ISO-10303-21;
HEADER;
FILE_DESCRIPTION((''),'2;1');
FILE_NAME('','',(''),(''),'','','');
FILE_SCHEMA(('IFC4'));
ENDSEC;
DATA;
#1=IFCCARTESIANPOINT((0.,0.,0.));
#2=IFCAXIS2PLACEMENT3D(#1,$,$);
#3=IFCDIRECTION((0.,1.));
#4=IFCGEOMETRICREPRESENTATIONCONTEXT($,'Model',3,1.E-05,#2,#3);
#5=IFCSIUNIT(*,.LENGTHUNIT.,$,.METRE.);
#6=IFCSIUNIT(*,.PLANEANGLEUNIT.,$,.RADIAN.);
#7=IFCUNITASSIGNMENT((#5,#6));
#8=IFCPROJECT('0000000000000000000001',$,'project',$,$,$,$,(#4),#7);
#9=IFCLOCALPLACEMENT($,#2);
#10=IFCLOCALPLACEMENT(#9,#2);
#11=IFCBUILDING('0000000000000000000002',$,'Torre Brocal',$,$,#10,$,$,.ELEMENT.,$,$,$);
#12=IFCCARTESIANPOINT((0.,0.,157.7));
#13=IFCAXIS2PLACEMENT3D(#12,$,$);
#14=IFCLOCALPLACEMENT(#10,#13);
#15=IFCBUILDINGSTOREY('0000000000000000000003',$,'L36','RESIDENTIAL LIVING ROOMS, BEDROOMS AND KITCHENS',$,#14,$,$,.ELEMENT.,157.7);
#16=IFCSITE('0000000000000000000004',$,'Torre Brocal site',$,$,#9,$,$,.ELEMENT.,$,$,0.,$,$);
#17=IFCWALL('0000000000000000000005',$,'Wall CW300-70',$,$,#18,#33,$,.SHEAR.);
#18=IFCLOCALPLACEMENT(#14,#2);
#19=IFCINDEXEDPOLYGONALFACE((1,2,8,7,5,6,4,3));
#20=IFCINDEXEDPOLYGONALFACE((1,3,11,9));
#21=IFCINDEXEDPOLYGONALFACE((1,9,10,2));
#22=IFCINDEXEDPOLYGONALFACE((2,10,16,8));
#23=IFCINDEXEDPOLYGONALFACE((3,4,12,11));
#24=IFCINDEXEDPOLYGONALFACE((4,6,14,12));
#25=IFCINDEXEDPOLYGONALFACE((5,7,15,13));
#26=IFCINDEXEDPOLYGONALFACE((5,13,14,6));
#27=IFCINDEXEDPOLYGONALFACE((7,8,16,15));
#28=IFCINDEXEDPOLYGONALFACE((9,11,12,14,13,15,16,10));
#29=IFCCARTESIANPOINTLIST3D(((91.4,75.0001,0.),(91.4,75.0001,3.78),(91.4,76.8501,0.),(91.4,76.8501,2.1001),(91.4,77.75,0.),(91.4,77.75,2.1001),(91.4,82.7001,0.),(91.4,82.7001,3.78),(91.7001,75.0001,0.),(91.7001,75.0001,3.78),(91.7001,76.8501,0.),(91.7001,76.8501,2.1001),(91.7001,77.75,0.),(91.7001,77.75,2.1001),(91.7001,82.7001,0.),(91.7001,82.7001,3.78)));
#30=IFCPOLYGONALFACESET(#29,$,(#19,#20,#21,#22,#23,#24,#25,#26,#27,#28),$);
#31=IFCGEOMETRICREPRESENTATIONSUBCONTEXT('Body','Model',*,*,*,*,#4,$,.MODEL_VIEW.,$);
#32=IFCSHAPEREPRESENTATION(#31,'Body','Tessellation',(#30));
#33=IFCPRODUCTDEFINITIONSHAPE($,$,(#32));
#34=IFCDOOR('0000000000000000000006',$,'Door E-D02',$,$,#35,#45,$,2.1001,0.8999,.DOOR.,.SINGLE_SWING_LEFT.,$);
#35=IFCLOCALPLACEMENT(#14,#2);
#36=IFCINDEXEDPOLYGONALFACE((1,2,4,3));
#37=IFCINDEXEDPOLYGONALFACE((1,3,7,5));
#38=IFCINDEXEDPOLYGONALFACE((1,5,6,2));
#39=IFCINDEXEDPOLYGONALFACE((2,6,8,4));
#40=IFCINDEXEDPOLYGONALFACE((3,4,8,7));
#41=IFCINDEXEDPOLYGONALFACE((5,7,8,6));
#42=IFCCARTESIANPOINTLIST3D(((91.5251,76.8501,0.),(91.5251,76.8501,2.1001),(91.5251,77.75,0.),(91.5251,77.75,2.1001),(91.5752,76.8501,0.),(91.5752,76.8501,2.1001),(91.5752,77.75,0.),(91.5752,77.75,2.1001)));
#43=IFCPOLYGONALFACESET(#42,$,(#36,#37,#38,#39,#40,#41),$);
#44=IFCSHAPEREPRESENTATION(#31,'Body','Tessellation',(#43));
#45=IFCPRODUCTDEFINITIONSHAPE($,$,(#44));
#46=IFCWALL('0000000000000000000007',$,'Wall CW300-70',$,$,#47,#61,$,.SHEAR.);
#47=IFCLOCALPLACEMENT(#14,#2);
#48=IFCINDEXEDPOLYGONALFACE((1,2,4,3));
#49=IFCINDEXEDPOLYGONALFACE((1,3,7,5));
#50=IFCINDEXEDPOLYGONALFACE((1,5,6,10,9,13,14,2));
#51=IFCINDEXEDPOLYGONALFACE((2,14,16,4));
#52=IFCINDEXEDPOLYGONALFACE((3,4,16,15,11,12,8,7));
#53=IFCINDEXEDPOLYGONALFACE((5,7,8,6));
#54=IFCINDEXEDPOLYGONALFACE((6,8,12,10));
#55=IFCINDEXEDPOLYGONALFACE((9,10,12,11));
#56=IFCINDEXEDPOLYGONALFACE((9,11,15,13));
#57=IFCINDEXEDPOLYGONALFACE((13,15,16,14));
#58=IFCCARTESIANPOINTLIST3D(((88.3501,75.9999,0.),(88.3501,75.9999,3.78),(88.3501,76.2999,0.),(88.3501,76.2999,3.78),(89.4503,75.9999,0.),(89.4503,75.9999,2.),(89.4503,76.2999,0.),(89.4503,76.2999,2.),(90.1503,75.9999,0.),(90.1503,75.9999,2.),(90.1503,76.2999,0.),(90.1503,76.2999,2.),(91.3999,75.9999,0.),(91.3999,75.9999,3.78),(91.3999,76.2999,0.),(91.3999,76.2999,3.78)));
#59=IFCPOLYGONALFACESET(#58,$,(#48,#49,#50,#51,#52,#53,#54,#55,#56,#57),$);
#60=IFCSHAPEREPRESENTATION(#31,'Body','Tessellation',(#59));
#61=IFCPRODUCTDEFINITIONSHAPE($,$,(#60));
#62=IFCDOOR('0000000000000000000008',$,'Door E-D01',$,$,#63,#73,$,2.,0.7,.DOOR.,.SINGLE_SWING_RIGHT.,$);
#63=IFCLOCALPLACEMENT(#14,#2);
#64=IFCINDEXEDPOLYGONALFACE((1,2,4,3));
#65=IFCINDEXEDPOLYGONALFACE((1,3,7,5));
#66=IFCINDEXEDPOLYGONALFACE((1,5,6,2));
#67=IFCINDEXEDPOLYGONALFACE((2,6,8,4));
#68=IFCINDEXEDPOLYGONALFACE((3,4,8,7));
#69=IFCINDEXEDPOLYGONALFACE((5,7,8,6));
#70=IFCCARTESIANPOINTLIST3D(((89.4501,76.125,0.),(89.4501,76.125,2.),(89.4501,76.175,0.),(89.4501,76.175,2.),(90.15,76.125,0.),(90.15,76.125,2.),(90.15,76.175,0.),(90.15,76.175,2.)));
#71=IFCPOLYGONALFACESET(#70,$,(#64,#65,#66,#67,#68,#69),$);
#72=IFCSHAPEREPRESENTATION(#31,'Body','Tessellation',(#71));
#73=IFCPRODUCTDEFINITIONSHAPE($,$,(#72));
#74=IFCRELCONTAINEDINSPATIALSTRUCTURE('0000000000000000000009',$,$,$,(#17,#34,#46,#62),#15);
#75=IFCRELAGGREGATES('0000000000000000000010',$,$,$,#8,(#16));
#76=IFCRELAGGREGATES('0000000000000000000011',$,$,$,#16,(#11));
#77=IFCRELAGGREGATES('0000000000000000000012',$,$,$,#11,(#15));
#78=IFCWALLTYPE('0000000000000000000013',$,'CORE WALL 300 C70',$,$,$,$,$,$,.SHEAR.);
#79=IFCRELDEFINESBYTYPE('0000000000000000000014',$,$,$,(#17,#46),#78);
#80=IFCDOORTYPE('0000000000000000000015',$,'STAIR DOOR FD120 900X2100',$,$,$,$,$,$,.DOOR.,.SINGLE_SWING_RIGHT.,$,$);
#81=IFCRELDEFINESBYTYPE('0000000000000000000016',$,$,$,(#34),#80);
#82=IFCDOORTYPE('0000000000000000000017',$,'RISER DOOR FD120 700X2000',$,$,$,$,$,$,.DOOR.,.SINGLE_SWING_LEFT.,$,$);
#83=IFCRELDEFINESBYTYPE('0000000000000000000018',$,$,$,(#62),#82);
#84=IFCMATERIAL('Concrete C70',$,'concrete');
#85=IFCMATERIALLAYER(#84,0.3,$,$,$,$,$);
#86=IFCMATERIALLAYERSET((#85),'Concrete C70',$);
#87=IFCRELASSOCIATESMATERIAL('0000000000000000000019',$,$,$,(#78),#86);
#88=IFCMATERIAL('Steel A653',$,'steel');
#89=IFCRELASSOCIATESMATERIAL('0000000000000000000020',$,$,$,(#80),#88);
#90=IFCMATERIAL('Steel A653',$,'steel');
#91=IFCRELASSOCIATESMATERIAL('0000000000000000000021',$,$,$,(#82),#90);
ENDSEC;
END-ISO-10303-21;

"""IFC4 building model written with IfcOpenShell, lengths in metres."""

from ifc_helpers import new_model, si_unit, direction, frame, frame_2d, origin, place, context, subcontext, project, spatial, rectangle, extrude, material, layer, layer_set, type_object, element, fill, save


model = new_model("IFC4")

# Units and contexts
model_context = context("Model", 3, precision=1e-05, world=origin(), true_north=direction((0.0, 1.0)))
body_context = subcontext(model_context, "Body", "Model", "MODEL_VIEW")
ifc_project = project(units=[si_unit("LENGTHUNIT", "METRE"), si_unit("PLANEANGLEUNIT", "RADIAN")], contexts=[model_context])

# Site, building, storey
site_placement = place(None, origin())
site = spatial("IfcSite", under=ifc_project, at=site_placement, Name="Torre Brocal site", CompositionType="ELEMENT", RefElevation=0.0)
building_placement = place(site_placement, origin())
building = spatial("IfcBuilding", under=site, at=building_placement, Name="Torre Brocal", CompositionType="ELEMENT")
storey_placement = place(building_placement, frame((0.0, 0.0, 157.7)))
storey = spatial("IfcBuildingStorey", under=building, at=storey_placement, Name="L36", Description="RESIDENTIAL LIVING ROOMS, BEDROOMS AND KITCHENS", CompositionType="ELEMENT", Elevation=157.7)

# Walls, openings, doors
ifc_material_1 = material(Name="Concrete C70", Category="concrete")
ifc_layer_1 = layer(ifc_material_1, 0.3)
ifc_layer_set_1 = layer_set([ifc_layer_1], Name="Concrete C70")
wall_type_1 = type_object("IfcWallType", Name="CORE WALL 300 C70", PredefinedType="SHEAR", material=ifc_layer_set_1)
wall_1_placement = place(storey_placement, frame((91.55, 75.0, 0.0), z_axis=(0.0, 0.0, 1.0), x_axis=(0.0, 1.0, 0.0)))
wall_1 = element("IfcWall", 1, at=wall_1_placement, inside=storey, type_object=wall_type_1, Name="Wall CW300-70", PredefinedType="SHEAR", context=body_context, shape_type="SweptSolid", body=[
    extrude(rectangle(XDim=7.7, YDim=0.3, at=frame_2d((3.8501, 0.0))), origin(), (0.0, 0.0, 1.0), 3.78),
])
opening_1_placement = place(wall_1_placement, frame((1.8501, 0.0, 0.0)))
opening_1 = element("IfcOpeningElement", 2, at=opening_1_placement, cuts=wall_1, PredefinedType="OPENING", context=body_context, shape_type="SweptSolid", body=[
    extrude(rectangle(XDim=0.8999, YDim=2.1001, at=frame_2d((0.45, 1.05))), frame((0.0, 0.1599, 0.0), z_axis=(0.0, -1.0, 0.0), x_axis=(1.0, 0.0, 0.0)), (0.0, 0.0, 1.0), 0.3201),
])
ifc_material_2 = material(Name="Steel A653", Category="steel")
door_type_1 = type_object("IfcDoorType", Name="STAIR DOOR FD120 900X2100", OperationType="SINGLE_SWING_RIGHT", PredefinedType="DOOR", material=ifc_material_2)
door_1_placement = place(opening_1_placement, origin())
door_1 = element("IfcDoor", 3, at=door_1_placement, inside=storey, type_object=door_type_1, Name="Door E-D02", OperationType="SINGLE_SWING_LEFT", OverallHeight=2.1001, OverallWidth=0.8999, PredefinedType="DOOR", context=body_context, shape_type="SweptSolid", body=[
    extrude(rectangle(XDim=0.8999, YDim=2.1001, at=frame_2d((0.45, 1.05))), frame((0.0, 0.0249, 0.0), z_axis=(0.0, -1.0, 0.0), x_axis=(1.0, 0.0, 0.0)), (0.0, 0.0, 1.0), 0.05),
])
fill(opening_1, door_1)
wall_2_placement = place(storey_placement, frame((88.3501, 76.1499, 0.0), z_axis=(0.0, 0.0, 1.0), x_axis=(1.0, 0.0, 0.0)))
wall_2 = element("IfcWall", 4, at=wall_2_placement, inside=storey, type_object=wall_type_1, Name="Wall CW300-70", PredefinedType="SHEAR", context=body_context, shape_type="SweptSolid", body=[
    extrude(rectangle(XDim=3.0498, YDim=0.3, at=frame_2d((1.5249, 0.0))), origin(), (0.0, 0.0, 1.0), 3.78),
])
opening_2_placement = place(wall_2_placement, frame((1.1001, 0.0, 0.0)))
opening_2 = element("IfcOpeningElement", 5, at=opening_2_placement, cuts=wall_2, PredefinedType="OPENING", context=body_context, shape_type="SweptSolid", body=[
    extrude(rectangle(XDim=0.7, YDim=2.0, at=frame_2d((0.3501, 1.0))), frame((0.0, 0.1599, 0.0), z_axis=(0.0, -1.0, 0.0), x_axis=(1.0, 0.0, 0.0)), (0.0, 0.0, 1.0), 0.3201),
])
ifc_material_3 = material(Name="Steel A653", Category="steel")
door_type_2 = type_object("IfcDoorType", Name="RISER DOOR FD120 700X2000", OperationType="SINGLE_SWING_LEFT", PredefinedType="DOOR", material=ifc_material_3)
door_2_placement = place(opening_2_placement, frame((0.7, 0.0, 0.0), z_axis=(0.0, 0.0, 1.0), x_axis=(-1.0, 0.0, 0.0)))
door_2 = element("IfcDoor", 6, at=door_2_placement, inside=storey, type_object=door_type_2, Name="Door E-D01", OperationType="SINGLE_SWING_RIGHT", OverallHeight=2.0, OverallWidth=0.7, PredefinedType="DOOR", context=body_context, shape_type="SweptSolid", body=[
    extrude(rectangle(XDim=0.7, YDim=2.0, at=frame_2d((0.3501, 1.0))), frame((0.0, 0.0249, 0.0), z_axis=(0.0, -1.0, 0.0), x_axis=(1.0, 0.0, 0.0)), (0.0, 0.0, 1.0), 0.05),
])
fill(opening_2, door_2)

save(model, "model.ifc")
